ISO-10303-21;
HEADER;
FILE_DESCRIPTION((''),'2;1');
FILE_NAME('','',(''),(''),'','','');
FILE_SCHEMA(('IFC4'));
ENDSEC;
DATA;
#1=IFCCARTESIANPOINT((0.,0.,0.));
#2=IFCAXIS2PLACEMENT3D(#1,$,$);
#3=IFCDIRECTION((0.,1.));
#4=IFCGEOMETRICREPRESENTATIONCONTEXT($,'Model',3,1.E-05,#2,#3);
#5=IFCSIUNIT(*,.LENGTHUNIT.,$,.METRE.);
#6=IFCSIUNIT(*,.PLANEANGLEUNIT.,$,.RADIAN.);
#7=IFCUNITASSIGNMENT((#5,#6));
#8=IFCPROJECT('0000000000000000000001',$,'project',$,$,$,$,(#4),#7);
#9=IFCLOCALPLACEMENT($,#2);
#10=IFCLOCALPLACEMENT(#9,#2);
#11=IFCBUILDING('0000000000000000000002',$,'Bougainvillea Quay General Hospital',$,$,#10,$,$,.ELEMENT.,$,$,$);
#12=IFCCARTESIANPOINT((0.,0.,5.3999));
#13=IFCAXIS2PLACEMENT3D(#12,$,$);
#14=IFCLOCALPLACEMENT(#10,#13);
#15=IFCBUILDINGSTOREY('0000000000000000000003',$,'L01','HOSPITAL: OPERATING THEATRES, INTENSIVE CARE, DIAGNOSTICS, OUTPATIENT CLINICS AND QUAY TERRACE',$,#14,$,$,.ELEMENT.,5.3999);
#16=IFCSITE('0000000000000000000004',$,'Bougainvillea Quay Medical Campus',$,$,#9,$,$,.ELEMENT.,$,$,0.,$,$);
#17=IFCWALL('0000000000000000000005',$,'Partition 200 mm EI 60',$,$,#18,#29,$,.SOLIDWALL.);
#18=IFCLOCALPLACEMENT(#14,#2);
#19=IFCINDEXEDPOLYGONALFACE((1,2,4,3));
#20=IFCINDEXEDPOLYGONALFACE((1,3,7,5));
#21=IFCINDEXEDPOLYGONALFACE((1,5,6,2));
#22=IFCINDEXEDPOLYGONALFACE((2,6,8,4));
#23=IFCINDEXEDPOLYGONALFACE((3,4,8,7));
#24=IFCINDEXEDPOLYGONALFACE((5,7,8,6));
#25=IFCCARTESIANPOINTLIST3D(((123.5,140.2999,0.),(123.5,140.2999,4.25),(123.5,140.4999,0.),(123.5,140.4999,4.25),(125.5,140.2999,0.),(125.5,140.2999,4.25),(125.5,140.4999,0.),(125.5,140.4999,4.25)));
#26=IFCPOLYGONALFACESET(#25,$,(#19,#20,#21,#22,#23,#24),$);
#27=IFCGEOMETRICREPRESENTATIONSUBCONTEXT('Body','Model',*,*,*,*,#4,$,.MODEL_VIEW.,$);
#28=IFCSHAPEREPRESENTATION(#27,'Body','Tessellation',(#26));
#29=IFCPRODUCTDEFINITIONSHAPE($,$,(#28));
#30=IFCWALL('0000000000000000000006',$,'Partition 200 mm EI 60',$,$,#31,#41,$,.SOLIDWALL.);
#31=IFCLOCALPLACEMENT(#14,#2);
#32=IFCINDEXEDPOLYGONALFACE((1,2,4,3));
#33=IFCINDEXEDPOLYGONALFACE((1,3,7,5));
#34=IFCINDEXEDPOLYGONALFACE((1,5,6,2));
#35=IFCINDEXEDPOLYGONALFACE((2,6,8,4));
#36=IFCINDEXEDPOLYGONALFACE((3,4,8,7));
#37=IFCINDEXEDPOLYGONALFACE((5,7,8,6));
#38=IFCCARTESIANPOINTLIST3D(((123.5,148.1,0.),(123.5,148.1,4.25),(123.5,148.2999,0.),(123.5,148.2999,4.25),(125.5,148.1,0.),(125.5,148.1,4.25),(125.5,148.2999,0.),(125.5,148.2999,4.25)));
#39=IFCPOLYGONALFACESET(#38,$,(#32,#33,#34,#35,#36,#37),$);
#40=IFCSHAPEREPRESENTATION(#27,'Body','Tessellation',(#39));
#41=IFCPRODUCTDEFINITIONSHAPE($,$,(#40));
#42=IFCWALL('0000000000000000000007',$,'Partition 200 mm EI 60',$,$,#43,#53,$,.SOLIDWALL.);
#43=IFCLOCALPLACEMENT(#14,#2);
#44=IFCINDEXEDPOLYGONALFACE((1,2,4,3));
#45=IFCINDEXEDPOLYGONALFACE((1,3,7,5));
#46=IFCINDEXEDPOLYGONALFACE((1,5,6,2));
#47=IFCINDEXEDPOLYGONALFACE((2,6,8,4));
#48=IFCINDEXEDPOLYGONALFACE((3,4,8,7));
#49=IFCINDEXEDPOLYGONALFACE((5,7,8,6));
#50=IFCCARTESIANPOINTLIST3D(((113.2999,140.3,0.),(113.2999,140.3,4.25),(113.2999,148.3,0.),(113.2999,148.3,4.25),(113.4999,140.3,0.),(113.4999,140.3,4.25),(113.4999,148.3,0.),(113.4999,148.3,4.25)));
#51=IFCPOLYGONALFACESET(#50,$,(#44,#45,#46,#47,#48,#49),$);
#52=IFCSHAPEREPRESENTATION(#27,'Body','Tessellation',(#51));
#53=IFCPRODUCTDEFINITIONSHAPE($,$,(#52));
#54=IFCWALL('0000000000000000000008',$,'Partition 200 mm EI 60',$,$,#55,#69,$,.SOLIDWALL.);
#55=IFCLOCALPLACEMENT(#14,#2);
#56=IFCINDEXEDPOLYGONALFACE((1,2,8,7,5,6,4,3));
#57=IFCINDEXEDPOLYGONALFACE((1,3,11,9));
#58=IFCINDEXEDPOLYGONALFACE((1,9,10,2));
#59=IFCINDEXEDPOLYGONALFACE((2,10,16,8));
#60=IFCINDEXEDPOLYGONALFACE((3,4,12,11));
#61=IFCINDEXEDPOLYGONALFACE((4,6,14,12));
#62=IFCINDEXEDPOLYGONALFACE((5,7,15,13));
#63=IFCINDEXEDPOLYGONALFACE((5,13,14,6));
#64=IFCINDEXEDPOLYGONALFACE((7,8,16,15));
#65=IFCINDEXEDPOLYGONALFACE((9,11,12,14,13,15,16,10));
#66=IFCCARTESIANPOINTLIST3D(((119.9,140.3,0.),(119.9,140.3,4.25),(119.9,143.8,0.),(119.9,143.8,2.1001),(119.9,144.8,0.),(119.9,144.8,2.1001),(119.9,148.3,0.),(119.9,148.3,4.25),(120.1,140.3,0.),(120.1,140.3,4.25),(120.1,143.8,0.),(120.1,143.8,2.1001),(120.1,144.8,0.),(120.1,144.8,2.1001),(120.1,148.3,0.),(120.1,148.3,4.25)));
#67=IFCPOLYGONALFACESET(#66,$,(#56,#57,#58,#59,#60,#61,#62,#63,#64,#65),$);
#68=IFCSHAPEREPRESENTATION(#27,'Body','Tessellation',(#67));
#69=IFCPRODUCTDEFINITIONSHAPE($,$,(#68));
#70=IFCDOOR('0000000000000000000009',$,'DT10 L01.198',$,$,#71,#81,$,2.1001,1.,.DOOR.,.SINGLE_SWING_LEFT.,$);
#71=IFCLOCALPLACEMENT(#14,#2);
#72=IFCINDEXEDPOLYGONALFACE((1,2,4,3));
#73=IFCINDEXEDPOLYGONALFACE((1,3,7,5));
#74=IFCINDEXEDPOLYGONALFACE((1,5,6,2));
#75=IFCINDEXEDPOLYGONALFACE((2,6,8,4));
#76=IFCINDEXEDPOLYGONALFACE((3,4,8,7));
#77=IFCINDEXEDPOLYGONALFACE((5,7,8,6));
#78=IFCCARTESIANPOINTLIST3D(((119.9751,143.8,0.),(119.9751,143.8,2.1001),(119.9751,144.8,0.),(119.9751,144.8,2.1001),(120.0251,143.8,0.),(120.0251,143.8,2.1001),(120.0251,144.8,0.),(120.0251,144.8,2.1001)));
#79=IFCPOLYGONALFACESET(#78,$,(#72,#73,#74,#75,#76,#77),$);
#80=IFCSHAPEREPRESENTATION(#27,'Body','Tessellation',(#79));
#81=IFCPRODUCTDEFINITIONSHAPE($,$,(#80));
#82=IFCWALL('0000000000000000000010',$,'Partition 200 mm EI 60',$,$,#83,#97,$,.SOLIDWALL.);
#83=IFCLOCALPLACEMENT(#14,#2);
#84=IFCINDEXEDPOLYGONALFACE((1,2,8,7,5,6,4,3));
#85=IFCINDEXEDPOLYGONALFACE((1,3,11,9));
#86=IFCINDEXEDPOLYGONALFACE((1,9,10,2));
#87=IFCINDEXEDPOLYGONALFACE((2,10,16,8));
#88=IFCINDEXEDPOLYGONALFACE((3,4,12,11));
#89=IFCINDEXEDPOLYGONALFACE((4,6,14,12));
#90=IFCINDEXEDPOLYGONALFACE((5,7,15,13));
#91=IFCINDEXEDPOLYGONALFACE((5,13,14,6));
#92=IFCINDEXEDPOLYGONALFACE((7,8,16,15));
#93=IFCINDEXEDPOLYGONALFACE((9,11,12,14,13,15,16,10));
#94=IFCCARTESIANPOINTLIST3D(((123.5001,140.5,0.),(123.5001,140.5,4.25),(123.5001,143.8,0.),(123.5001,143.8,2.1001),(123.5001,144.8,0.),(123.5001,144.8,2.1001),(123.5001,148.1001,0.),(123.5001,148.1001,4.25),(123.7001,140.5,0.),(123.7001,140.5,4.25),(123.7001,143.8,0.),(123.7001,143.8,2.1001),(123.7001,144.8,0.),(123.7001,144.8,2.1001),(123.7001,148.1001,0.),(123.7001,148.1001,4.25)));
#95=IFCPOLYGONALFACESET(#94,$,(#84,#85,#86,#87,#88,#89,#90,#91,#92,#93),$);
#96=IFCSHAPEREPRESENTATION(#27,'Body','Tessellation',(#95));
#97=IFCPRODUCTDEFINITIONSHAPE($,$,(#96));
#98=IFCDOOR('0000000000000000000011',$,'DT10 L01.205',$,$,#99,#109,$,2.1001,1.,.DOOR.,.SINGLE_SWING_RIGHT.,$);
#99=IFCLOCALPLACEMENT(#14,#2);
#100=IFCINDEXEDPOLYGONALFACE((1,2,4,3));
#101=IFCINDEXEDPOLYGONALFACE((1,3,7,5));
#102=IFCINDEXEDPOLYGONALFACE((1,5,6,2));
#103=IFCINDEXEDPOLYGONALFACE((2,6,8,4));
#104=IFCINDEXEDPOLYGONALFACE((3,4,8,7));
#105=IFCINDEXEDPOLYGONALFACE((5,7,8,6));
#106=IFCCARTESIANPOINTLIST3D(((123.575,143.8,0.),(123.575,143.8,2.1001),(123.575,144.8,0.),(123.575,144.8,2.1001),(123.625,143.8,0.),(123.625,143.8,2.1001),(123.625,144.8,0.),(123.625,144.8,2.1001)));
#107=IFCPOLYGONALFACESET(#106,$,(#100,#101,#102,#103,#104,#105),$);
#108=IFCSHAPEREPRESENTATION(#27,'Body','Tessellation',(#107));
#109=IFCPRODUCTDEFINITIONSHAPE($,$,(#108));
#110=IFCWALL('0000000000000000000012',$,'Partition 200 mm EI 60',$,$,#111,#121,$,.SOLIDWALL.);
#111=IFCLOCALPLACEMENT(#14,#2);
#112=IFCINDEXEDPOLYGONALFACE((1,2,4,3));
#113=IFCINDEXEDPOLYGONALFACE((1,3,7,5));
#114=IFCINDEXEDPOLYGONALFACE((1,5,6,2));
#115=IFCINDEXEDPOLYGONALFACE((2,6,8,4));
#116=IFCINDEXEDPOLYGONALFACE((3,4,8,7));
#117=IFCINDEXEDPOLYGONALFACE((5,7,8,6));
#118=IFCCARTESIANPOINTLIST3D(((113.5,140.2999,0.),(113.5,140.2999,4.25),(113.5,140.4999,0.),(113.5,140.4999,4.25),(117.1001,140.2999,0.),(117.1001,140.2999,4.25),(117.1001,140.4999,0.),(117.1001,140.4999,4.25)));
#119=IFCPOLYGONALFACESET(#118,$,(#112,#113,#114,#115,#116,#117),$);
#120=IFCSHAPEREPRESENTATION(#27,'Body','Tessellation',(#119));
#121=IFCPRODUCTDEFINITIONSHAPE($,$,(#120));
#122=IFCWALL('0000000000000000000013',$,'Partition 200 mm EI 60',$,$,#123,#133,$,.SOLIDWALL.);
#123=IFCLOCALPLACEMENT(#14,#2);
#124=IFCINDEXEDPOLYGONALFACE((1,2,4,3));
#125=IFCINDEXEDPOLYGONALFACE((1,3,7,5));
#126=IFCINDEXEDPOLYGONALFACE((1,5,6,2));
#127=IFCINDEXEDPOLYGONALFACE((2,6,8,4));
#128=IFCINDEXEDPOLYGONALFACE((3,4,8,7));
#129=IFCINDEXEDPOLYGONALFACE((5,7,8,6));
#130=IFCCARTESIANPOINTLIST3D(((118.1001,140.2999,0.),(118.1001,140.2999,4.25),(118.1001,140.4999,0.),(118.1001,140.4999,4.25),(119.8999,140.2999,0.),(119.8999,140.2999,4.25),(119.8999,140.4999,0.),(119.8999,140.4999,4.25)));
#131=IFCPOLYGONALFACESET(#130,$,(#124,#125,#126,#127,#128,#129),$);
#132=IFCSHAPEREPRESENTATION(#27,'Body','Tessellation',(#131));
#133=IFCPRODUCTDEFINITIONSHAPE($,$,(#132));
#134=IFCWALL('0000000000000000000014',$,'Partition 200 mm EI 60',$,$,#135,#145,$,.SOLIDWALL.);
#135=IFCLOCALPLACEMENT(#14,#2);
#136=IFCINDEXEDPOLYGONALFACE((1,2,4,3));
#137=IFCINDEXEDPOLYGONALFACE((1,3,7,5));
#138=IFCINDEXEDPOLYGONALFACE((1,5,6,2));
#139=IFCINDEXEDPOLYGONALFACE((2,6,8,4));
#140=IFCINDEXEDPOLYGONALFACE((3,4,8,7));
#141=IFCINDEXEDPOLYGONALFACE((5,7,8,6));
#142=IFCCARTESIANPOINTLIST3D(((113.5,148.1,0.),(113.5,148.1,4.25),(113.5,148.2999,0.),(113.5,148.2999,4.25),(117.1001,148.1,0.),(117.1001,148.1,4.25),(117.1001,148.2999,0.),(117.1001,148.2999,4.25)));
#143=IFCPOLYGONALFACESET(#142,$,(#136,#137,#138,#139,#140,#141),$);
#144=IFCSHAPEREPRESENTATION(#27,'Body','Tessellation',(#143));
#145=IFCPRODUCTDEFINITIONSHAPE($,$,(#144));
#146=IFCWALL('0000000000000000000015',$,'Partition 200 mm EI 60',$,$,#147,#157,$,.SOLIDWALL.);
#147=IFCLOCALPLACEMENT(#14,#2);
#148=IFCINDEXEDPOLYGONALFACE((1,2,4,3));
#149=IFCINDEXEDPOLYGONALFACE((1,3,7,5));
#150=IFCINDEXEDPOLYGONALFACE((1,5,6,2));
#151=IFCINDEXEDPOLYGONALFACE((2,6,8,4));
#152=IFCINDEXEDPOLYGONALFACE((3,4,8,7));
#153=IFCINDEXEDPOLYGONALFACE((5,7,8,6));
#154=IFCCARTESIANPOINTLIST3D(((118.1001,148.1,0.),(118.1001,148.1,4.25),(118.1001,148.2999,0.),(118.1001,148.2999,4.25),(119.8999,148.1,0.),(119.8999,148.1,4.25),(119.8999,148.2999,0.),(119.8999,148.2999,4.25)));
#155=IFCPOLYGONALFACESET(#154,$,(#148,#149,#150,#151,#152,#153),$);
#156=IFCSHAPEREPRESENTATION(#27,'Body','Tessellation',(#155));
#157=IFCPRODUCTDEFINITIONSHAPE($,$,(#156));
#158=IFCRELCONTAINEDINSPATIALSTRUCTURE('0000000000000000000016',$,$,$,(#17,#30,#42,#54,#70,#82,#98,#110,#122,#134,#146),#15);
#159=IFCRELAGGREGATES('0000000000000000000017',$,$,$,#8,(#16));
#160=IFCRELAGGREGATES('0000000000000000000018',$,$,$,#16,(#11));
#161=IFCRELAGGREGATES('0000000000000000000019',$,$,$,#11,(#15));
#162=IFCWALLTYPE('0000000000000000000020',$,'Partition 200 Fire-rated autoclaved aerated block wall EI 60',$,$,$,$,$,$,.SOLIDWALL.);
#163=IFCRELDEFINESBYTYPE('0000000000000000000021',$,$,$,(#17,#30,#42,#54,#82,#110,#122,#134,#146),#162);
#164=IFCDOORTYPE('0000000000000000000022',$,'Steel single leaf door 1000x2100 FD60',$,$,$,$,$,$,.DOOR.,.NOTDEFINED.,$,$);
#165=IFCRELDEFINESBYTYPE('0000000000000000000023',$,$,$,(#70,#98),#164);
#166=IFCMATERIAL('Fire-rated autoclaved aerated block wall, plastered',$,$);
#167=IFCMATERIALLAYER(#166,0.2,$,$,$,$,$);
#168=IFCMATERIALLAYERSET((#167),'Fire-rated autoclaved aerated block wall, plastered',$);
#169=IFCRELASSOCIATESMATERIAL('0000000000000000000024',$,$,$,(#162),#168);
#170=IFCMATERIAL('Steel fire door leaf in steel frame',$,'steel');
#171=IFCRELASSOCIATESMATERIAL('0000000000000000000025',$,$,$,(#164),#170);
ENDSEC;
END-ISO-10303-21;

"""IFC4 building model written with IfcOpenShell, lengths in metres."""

from ifc_helpers import new_model, si_unit, direction, frame, frame_2d, origin, place, context, subcontext, project, spatial, rectangle, extrude, material, layer, layer_set, type_object, element, fill, save


model = new_model("IFC4")

# Units and contexts
model_context = context("Model", 3, precision=1e-05, world=origin(), true_north=direction((0.0, 1.0)))
body_context = subcontext(model_context, "Body", "Model", "MODEL_VIEW")
ifc_project = project(units=[si_unit("LENGTHUNIT", "METRE"), si_unit("PLANEANGLEUNIT", "RADIAN")], contexts=[model_context])

# Site, building, storey
site_placement = place(None, origin())
site = spatial("IfcSite", under=ifc_project, at=site_placement, Name="Bougainvillea Quay Medical Campus", CompositionType="ELEMENT", RefElevation=0.0)
building_placement = place(site_placement, origin())
building = spatial("IfcBuilding", under=site, at=building_placement, Name="Bougainvillea Quay General Hospital", CompositionType="ELEMENT")
storey_placement = place(building_placement, frame((0.0, 0.0, 5.3999)))
storey = spatial("IfcBuildingStorey", under=building, at=storey_placement, Name="L01", Description="HOSPITAL: OPERATING THEATRES, INTENSIVE CARE, DIAGNOSTICS, OUTPATIENT CLINICS AND QUAY TERRACE", CompositionType="ELEMENT", Elevation=5.3999)

# Shared definitions
ifc_material_1 = material(Name="Fire-rated autoclaved aerated block wall, plastered")

# Walls
ifc_layer_1 = layer(ifc_material_1, 0.2)
ifc_layer_set_1 = layer_set([ifc_layer_1], Name="Fire-rated autoclaved aerated block wall, plastered")
wall_type_1 = type_object("IfcWallType", Name="Partition 200 Fire-rated autoclaved aerated block wall EI 60", PredefinedType="SOLIDWALL", material=ifc_layer_set_1)
for number, where, z_axis, x_axis, name in (
    (1, (125.5, 140.3999, 0.0), (0.0, 0.0, 1.0), (-1.0, 0.0, 0.0), "Partition 200 mm EI 60"),
    (2, (125.5, 148.2, 0.0), (0.0, 0.0, 1.0), (-1.0, 0.0, 0.0), "Partition 200 mm EI 60"),
):
    element("IfcWall", number, at=place(storey_placement, frame(where, z_axis=z_axis, x_axis=x_axis)), inside=storey, type_object=wall_type_1, Name=name, PredefinedType="SOLIDWALL", context=body_context, shape_type="SweptSolid", body=[
        extrude(rectangle(XDim=2.0, YDim=0.2, at=frame_2d((1.0, 0.0))), origin(), (0.0, 0.0, 1.0), 4.25),
    ])
wall_1_placement = place(storey_placement, frame((113.3999, 140.3, 0.0), z_axis=(0.0, 0.0, 1.0), x_axis=(0.0, 1.0, 0.0)))
element("IfcWall", 3, at=wall_1_placement, inside=storey, type_object=wall_type_1, Name="Partition 200 mm EI 60", PredefinedType="SOLIDWALL", context=body_context, shape_type="SweptSolid", body=[
    extrude(rectangle(XDim=8.0, YDim=0.2, at=frame_2d((4.0, 0.0))), origin(), (0.0, 0.0, 1.0), 4.25),
])

# Walls, openings, doors
wall_2_placement = place(storey_placement, frame((120.0, 140.3, 0.0), z_axis=(0.0, 0.0, 1.0), x_axis=(0.0, 1.0, 0.0)))
wall_2 = element("IfcWall", 4, at=wall_2_placement, inside=storey, type_object=wall_type_1, Name="Partition 200 mm EI 60", PredefinedType="SOLIDWALL", context=body_context, shape_type="SweptSolid", body=[
    extrude(rectangle(XDim=8.0, YDim=0.2, at=frame_2d((4.0, 0.0))), origin(), (0.0, 0.0, 1.0), 4.25),
])
opening_1_placement = place(wall_2_placement, frame((3.5, 0.0, 0.0)))
opening_1 = element("IfcOpeningElement", 5, at=opening_1_placement, cuts=wall_2, PredefinedType="OPENING", context=body_context, shape_type="SweptSolid", body=[
    extrude(rectangle(XDim=1.0, YDim=2.1001, at=frame_2d((0.5, 1.05))), frame((0.0, 0.1099, 0.0), z_axis=(0.0, -1.0, 0.0), x_axis=(1.0, 0.0, 0.0)), (0.0, 0.0, 1.0), 0.22),
])
ifc_material_2 = material(Name="Steel fire door leaf in steel frame", Category="steel")
door_type_1 = type_object("IfcDoorType", Name="Steel single leaf door 1000x2100 FD60", OperationType="NOTDEFINED", PredefinedType="DOOR", material=ifc_material_2)
door_1_placement = place(opening_1_placement, origin())
door_1 = element("IfcDoor", 6, at=door_1_placement, inside=storey, type_object=door_type_1, Name="DT10 L01.198", OperationType="SINGLE_SWING_LEFT", OverallHeight=2.1001, OverallWidth=1.0, PredefinedType="DOOR", context=body_context, shape_type="SweptSolid", body=[
    extrude(rectangle(XDim=1.0, YDim=2.1001, at=frame_2d((0.5, 1.05))), frame((0.0, 0.0249, 0.0), z_axis=(0.0, -1.0, 0.0), x_axis=(1.0, 0.0, 0.0)), (0.0, 0.0, 1.0), 0.05),
])
fill(opening_1, door_1)
wall_3_placement = place(storey_placement, frame((123.6001, 140.5, 0.0), z_axis=(0.0, 0.0, 1.0), x_axis=(0.0, 1.0, 0.0)))
wall_3 = element("IfcWall", 7, at=wall_3_placement, inside=storey, type_object=wall_type_1, Name="Partition 200 mm EI 60", PredefinedType="SOLIDWALL", context=body_context, shape_type="SweptSolid", body=[
    extrude(rectangle(XDim=7.6001, YDim=0.2, at=frame_2d((3.8, 0.0))), origin(), (0.0, 0.0, 1.0), 4.25),
])
opening_2_placement = place(wall_3_placement, frame((3.3, 0.0, 0.0)))
opening_2 = element("IfcOpeningElement", 8, at=opening_2_placement, cuts=wall_3, PredefinedType="OPENING", context=body_context, shape_type="SweptSolid", body=[
    extrude(rectangle(XDim=1.0, YDim=2.1001, at=frame_2d((0.5, 1.05))), frame((0.0, 0.1099, 0.0), z_axis=(0.0, -1.0, 0.0), x_axis=(1.0, 0.0, 0.0)), (0.0, 0.0, 1.0), 0.22),
])
door_2_placement = place(opening_2_placement, frame((1.0, 0.0, 0.0), z_axis=(0.0, 0.0, 1.0), x_axis=(-1.0, 0.0, 0.0)))
door_2 = element("IfcDoor", 9, at=door_2_placement, inside=storey, type_object=door_type_1, Name="DT10 L01.205", OperationType="SINGLE_SWING_RIGHT", OverallHeight=2.1001, OverallWidth=1.0, PredefinedType="DOOR", context=body_context, shape_type="SweptSolid", body=[
    extrude(rectangle(XDim=1.0, YDim=2.1001, at=frame_2d((0.5, 1.05))), frame((0.0, 0.0249, 0.0), z_axis=(0.0, -1.0, 0.0), x_axis=(1.0, 0.0, 0.0)), (0.0, 0.0, 1.0), 0.05),
])
fill(opening_2, door_2)

# Walls
wall_4_placement = place(storey_placement, frame((113.5, 140.3999, 0.0), z_axis=(0.0, 0.0, 1.0), x_axis=(1.0, 0.0, 0.0)))
element("IfcWall", 10, at=wall_4_placement, inside=storey, type_object=wall_type_1, Name="Partition 200 mm EI 60", PredefinedType="SOLIDWALL", context=body_context, shape_type="SweptSolid", body=[
    extrude(rectangle(XDim=3.6001, YDim=0.2, at=frame_2d((1.8, 0.0))), origin(), (0.0, 0.0, 1.0), 4.25),
])
wall_5_placement = place(storey_placement, frame((118.1001, 140.3999, 0.0), z_axis=(0.0, 0.0, 1.0), x_axis=(1.0, 0.0, 0.0)))
element("IfcWall", 11, at=wall_5_placement, inside=storey, type_object=wall_type_1, Name="Partition 200 mm EI 60", PredefinedType="SOLIDWALL", context=body_context, shape_type="SweptSolid", body=[
    extrude(rectangle(XDim=1.7998, YDim=0.2, at=frame_2d((0.8999, 0.0))), origin(), (0.0, 0.0, 1.0), 4.25),
])
wall_6_placement = place(storey_placement, frame((113.5, 148.2, 0.0), z_axis=(0.0, 0.0, 1.0), x_axis=(1.0, 0.0, 0.0)))
element("IfcWall", 12, at=wall_6_placement, inside=storey, type_object=wall_type_1, Name="Partition 200 mm EI 60", PredefinedType="SOLIDWALL", context=body_context, shape_type="SweptSolid", body=[
    extrude(rectangle(XDim=3.6001, YDim=0.2, at=frame_2d((1.8, 0.0))), origin(), (0.0, 0.0, 1.0), 4.25),
])
wall_7_placement = place(storey_placement, frame((118.1001, 148.2, 0.0), z_axis=(0.0, 0.0, 1.0), x_axis=(1.0, 0.0, 0.0)))
element("IfcWall", 13, at=wall_7_placement, inside=storey, type_object=wall_type_1, Name="Partition 200 mm EI 60", PredefinedType="SOLIDWALL", context=body_context, shape_type="SweptSolid", body=[
    extrude(rectangle(XDim=1.7998, YDim=0.2, at=frame_2d((0.8999, 0.0))), origin(), (0.0, 0.0, 1.0), 4.25),
])

save(model, "model.ifc")
